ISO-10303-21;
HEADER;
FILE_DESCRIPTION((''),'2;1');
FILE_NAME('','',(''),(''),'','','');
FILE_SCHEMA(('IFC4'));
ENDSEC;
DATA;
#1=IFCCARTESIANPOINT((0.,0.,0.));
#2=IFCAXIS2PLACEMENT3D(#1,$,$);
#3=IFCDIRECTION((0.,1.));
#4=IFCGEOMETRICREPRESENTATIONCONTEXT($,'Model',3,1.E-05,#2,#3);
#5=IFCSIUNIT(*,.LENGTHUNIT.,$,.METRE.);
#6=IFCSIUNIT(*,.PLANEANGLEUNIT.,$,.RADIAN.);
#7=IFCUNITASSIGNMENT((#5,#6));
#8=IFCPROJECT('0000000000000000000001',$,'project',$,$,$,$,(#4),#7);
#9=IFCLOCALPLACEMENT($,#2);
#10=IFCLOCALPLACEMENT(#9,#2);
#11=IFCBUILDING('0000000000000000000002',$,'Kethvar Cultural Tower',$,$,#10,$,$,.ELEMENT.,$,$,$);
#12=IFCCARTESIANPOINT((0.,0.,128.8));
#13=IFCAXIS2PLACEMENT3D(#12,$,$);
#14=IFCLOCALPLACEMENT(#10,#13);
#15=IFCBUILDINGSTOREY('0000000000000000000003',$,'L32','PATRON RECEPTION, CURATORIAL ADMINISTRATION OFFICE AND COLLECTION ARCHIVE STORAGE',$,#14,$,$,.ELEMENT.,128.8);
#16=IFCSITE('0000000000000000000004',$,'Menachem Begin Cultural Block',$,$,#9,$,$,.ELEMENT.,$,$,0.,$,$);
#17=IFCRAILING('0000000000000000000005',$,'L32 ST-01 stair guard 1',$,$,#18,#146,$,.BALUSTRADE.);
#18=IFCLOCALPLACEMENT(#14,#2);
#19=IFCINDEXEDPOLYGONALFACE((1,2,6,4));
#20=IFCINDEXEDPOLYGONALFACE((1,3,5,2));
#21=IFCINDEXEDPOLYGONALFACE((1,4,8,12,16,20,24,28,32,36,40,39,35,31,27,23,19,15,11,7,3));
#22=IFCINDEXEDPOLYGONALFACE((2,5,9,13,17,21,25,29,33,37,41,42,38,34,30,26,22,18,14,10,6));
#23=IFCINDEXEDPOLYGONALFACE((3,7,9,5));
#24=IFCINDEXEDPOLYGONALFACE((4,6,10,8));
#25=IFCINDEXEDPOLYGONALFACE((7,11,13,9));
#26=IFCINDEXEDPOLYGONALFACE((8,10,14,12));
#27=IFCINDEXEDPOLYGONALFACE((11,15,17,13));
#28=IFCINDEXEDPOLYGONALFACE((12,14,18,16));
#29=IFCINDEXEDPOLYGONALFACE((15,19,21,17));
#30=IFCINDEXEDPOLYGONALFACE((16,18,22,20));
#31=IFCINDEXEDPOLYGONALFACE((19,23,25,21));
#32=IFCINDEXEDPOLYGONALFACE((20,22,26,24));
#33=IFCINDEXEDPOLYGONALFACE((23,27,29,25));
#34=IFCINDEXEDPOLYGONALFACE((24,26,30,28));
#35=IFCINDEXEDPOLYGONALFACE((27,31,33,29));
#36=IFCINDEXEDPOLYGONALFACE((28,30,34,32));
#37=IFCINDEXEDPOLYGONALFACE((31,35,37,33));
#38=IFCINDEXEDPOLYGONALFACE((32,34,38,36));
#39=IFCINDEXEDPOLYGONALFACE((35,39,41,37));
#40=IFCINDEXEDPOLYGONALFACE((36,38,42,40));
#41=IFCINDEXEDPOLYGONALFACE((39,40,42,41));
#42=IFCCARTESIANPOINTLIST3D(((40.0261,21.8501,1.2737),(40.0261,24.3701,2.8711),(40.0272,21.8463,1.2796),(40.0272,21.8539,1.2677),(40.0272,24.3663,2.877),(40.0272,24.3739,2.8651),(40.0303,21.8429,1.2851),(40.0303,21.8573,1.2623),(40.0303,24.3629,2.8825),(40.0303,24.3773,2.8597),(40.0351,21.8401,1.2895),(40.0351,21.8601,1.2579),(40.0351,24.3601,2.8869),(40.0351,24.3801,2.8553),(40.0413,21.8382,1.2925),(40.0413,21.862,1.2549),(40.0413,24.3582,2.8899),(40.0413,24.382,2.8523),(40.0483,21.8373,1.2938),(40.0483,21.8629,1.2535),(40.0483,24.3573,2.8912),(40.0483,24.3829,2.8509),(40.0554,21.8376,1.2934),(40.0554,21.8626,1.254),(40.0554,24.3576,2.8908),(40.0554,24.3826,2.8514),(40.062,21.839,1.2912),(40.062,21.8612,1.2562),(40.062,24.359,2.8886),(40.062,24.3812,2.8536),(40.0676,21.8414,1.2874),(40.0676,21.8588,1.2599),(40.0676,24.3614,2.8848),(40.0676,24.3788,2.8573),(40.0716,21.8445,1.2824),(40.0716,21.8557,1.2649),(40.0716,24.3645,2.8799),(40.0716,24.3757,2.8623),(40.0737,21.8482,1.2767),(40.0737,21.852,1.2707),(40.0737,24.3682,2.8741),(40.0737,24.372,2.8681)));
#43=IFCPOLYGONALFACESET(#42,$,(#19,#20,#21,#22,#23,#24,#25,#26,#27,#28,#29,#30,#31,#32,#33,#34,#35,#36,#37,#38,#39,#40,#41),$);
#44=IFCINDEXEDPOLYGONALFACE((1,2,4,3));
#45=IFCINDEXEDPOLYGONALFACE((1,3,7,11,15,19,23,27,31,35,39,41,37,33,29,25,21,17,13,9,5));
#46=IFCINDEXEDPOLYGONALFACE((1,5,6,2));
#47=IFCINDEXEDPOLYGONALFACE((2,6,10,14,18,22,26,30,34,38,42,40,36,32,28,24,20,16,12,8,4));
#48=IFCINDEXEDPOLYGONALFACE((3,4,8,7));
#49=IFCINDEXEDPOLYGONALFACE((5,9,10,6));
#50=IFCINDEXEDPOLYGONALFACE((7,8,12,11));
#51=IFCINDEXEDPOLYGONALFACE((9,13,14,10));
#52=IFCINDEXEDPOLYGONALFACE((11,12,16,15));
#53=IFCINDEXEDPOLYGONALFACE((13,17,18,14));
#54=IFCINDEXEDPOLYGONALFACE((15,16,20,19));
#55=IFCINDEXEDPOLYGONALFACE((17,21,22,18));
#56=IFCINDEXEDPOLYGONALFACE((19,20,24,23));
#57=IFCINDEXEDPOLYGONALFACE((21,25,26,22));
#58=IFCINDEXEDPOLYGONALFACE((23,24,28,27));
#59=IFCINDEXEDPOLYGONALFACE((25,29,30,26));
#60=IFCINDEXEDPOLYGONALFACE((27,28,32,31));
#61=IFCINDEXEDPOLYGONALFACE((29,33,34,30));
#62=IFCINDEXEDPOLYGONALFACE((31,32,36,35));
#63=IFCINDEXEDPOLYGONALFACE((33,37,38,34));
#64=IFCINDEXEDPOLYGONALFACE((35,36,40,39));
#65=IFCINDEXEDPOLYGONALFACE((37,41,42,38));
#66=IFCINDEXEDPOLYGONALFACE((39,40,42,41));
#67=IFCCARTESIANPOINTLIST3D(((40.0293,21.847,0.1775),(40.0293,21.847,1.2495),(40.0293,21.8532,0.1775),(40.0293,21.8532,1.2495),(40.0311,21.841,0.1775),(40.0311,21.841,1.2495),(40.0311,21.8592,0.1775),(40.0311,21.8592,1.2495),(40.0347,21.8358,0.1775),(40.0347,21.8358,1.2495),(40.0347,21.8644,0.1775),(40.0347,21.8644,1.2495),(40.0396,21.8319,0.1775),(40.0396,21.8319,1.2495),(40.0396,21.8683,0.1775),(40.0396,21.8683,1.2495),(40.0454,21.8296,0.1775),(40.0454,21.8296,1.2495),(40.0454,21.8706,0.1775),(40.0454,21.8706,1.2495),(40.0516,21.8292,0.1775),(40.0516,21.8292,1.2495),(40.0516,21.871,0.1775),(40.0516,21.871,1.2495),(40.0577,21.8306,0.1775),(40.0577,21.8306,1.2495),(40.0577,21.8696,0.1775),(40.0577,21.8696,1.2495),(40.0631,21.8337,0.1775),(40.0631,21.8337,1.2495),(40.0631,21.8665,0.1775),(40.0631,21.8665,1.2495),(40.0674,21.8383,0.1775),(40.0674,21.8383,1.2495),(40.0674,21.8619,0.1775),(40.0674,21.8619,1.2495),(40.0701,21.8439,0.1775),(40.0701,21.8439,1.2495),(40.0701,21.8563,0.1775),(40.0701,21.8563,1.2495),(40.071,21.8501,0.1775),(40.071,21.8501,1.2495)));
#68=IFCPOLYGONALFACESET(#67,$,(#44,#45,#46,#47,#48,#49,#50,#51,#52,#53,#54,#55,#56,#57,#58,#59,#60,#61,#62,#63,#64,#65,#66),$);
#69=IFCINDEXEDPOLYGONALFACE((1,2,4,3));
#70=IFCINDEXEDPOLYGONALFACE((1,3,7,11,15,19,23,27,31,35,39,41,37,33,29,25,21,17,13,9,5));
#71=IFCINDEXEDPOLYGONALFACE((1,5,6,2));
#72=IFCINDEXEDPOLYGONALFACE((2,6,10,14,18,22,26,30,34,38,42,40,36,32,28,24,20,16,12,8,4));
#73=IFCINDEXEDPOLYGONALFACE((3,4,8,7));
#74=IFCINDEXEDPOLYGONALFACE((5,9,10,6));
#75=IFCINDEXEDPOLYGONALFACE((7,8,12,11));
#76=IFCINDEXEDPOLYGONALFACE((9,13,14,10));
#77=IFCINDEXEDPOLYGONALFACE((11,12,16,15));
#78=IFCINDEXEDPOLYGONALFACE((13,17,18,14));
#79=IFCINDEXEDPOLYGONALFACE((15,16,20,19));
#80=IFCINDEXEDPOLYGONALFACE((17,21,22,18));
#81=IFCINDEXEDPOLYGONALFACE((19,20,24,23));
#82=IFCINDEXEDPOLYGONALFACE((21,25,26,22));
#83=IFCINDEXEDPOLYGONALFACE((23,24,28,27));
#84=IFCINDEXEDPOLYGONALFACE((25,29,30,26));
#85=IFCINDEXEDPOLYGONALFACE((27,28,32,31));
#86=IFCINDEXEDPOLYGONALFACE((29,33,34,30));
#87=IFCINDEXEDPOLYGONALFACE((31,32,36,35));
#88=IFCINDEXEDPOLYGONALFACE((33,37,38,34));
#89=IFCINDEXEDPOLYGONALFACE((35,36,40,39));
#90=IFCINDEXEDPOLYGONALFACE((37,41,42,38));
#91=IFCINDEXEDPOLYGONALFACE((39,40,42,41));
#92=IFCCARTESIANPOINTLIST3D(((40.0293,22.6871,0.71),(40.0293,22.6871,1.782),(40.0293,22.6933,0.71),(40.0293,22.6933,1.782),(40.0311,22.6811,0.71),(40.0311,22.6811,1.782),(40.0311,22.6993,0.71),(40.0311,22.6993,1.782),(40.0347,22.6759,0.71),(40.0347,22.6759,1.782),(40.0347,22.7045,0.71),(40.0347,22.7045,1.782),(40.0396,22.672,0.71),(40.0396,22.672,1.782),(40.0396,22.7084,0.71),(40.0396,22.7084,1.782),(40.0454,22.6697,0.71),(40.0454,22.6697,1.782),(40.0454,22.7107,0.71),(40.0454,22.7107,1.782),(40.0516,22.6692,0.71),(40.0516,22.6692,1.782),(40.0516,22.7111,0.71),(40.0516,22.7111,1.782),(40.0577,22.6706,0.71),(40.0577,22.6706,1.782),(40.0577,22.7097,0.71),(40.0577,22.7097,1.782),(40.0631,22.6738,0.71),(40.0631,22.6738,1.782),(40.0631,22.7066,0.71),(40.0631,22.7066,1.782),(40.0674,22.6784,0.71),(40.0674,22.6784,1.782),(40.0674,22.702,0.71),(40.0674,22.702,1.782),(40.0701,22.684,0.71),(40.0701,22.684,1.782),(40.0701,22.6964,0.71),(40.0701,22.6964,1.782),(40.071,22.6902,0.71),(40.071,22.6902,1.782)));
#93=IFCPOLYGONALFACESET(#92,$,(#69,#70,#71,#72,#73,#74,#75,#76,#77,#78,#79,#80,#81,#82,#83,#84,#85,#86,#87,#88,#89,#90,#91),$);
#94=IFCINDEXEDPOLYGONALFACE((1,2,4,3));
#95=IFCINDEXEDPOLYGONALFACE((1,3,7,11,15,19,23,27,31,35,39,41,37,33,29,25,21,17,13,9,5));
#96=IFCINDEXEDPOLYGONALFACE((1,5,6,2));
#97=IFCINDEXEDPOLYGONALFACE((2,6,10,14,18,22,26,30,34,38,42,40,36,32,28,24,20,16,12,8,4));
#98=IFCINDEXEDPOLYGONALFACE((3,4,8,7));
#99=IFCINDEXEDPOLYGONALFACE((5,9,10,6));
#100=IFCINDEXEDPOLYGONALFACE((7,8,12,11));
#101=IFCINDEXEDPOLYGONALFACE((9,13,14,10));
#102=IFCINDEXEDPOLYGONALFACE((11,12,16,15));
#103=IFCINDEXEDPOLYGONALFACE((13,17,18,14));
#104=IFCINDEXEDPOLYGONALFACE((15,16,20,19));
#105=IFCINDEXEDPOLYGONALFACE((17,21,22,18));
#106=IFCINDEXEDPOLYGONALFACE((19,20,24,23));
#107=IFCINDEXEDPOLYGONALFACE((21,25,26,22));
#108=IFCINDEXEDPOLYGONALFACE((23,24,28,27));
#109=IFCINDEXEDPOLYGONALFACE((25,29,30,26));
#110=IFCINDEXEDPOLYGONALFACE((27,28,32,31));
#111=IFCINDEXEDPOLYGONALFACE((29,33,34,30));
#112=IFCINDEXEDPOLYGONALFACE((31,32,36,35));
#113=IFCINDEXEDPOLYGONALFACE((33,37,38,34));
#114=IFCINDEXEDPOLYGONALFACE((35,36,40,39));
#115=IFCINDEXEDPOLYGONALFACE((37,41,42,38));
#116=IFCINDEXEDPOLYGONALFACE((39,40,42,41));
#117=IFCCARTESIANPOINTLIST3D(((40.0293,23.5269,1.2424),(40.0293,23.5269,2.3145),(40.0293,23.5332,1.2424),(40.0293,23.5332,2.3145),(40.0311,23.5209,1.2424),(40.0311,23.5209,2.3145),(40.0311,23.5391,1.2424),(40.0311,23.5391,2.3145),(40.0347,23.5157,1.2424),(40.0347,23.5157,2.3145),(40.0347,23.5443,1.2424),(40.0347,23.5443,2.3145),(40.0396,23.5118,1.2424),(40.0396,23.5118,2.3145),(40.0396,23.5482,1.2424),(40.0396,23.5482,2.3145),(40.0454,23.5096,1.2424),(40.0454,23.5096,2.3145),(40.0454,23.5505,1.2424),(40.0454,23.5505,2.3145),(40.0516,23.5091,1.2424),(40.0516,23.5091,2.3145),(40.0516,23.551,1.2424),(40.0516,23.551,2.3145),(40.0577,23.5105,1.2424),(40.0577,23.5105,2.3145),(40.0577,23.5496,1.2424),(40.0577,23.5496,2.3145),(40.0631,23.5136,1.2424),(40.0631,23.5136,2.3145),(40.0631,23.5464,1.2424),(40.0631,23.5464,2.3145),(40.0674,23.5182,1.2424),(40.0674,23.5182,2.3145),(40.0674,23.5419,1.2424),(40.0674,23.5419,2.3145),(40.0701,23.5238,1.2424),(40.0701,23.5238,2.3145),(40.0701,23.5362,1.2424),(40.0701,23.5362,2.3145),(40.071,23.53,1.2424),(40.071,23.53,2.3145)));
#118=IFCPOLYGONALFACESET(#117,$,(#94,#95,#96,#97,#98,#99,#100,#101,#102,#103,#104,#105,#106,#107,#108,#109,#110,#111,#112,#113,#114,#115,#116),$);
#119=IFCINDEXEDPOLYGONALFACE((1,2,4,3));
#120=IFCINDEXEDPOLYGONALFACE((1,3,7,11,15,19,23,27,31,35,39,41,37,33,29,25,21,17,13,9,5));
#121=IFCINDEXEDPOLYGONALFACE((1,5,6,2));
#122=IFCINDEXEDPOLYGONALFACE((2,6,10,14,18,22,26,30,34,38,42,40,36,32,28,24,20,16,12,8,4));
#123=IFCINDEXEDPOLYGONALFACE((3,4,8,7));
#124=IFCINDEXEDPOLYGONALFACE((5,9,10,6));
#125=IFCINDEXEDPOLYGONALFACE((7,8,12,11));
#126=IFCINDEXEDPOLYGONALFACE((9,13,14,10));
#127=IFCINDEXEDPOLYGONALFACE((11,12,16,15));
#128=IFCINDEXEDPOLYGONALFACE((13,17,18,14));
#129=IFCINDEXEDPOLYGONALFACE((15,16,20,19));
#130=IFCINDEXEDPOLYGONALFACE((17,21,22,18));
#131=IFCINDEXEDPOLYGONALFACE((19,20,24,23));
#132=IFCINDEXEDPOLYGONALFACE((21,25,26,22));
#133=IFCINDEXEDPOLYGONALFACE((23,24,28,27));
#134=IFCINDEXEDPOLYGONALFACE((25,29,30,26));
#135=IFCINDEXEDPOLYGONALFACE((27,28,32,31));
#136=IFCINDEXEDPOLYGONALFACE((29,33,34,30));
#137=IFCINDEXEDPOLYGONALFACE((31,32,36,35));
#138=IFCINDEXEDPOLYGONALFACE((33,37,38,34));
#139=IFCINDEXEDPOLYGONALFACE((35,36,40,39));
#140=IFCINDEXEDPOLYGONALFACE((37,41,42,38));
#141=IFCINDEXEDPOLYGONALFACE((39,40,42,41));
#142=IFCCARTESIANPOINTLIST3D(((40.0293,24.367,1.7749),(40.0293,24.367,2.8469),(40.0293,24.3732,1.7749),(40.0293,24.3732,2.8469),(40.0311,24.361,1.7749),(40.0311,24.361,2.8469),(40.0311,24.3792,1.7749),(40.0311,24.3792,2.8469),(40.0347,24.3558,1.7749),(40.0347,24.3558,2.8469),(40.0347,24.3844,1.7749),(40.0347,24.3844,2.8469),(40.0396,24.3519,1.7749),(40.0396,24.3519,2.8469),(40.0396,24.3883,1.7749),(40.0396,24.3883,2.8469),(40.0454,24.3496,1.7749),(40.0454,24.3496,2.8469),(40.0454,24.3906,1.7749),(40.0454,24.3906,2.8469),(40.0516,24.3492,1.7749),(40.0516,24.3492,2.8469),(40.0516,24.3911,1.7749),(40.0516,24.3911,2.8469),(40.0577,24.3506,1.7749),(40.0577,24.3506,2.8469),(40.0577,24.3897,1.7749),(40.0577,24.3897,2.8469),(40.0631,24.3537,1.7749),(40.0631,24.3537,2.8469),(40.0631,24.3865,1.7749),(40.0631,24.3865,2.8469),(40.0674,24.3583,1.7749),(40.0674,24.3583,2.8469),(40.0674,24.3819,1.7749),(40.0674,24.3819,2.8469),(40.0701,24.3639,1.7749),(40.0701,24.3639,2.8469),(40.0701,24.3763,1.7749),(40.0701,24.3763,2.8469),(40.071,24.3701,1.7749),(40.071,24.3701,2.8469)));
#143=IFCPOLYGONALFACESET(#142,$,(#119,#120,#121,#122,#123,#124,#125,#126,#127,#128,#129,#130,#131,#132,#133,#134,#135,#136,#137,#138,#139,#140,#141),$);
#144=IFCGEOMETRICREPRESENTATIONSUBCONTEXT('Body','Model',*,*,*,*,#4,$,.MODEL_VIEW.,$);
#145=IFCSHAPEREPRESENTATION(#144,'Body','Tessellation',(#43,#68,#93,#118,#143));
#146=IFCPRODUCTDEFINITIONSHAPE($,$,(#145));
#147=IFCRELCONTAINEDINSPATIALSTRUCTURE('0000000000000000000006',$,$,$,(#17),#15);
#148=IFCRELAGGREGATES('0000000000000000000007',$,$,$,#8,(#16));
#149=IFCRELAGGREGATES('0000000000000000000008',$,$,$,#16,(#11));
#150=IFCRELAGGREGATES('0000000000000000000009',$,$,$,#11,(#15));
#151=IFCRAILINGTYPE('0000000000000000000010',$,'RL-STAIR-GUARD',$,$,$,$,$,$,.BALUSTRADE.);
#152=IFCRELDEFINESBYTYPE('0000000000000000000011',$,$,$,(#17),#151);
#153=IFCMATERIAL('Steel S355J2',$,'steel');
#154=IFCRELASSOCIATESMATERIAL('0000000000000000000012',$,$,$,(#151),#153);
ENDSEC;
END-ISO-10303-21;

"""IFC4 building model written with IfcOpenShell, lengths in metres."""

from ifc_helpers import new_model, si_unit, direction, frame, origin, origin_2d, place, context, subcontext, project, spatial, circle, extrude, material, type_object, element, save


model = new_model("IFC4")

# Units and contexts
model_context = context("Model", 3, precision=1e-05, world=origin(), true_north=direction((0.0, 1.0)))
body_context = subcontext(model_context, "Body", "Model", "MODEL_VIEW")
ifc_project = project(units=[si_unit("LENGTHUNIT", "METRE"), si_unit("PLANEANGLEUNIT", "RADIAN")], contexts=[model_context])

# Site, building, storey
site_placement = place(None, origin())
site = spatial("IfcSite", under=ifc_project, at=site_placement, Name="Menachem Begin Cultural Block", CompositionType="ELEMENT", RefElevation=0.0)
building_placement = place(site_placement, origin())
building = spatial("IfcBuilding", under=site, at=building_placement, Name="Kethvar Cultural Tower", CompositionType="ELEMENT")
storey_placement = place(building_placement, frame((0.0, 0.0, 128.8)))
storey = spatial("IfcBuildingStorey", under=building, at=storey_placement, Name="L32", Description="PATRON RECEPTION, CURATORIAL ADMINISTRATION OFFICE AND COLLECTION ARCHIVE STORAGE", CompositionType="ELEMENT", Elevation=128.8)

# Shared definitions
ifc_material_1 = material(Name="Steel S355J2", Category="steel")

# Railing
railing_type_1 = type_object("IfcRailingType", Name="RL-STAIR-GUARD", PredefinedType="BALUSTRADE", material=ifc_material_1)
railing_1_placement = place(storey_placement, frame((40.05, 21.8501, 0.1775)))
element("IfcRailing", 1, at=railing_1_placement, inside=storey, type_object=railing_type_1, Name="L32 ST-01 stair guard 1", PredefinedType="BALUSTRADE", context=body_context, shape_type="SweptSolid", body=[
    extrude(circle(Radius=0.0239, at=origin_2d()), frame((0.0, 0.0, 1.0962), z_axis=(0.0, 0.844607, 0.535387), x_axis=(-1.0, 0.0, 0.0)), (0.0, 0.0, 1.0), 2.9836),
    extrude(circle(Radius=0.021, at=origin_2d()), origin(), (0.0, 0.0, 1.0), 1.072),
    extrude(circle(Radius=0.021, at=origin_2d()), frame((0.0, 0.8401, 0.5325)), (0.0, 0.0, 1.0), 1.072),
    extrude(circle(Radius=0.021, at=origin_2d()), frame((0.0, 1.6799, 1.0649)), (0.0, 0.0, 1.0), 1.072),
    extrude(circle(Radius=0.021, at=origin_2d()), frame((0.0, 2.52, 1.5974)), (0.0, 0.0, 1.0), 1.072),
])

save(model, "model.ifc")
